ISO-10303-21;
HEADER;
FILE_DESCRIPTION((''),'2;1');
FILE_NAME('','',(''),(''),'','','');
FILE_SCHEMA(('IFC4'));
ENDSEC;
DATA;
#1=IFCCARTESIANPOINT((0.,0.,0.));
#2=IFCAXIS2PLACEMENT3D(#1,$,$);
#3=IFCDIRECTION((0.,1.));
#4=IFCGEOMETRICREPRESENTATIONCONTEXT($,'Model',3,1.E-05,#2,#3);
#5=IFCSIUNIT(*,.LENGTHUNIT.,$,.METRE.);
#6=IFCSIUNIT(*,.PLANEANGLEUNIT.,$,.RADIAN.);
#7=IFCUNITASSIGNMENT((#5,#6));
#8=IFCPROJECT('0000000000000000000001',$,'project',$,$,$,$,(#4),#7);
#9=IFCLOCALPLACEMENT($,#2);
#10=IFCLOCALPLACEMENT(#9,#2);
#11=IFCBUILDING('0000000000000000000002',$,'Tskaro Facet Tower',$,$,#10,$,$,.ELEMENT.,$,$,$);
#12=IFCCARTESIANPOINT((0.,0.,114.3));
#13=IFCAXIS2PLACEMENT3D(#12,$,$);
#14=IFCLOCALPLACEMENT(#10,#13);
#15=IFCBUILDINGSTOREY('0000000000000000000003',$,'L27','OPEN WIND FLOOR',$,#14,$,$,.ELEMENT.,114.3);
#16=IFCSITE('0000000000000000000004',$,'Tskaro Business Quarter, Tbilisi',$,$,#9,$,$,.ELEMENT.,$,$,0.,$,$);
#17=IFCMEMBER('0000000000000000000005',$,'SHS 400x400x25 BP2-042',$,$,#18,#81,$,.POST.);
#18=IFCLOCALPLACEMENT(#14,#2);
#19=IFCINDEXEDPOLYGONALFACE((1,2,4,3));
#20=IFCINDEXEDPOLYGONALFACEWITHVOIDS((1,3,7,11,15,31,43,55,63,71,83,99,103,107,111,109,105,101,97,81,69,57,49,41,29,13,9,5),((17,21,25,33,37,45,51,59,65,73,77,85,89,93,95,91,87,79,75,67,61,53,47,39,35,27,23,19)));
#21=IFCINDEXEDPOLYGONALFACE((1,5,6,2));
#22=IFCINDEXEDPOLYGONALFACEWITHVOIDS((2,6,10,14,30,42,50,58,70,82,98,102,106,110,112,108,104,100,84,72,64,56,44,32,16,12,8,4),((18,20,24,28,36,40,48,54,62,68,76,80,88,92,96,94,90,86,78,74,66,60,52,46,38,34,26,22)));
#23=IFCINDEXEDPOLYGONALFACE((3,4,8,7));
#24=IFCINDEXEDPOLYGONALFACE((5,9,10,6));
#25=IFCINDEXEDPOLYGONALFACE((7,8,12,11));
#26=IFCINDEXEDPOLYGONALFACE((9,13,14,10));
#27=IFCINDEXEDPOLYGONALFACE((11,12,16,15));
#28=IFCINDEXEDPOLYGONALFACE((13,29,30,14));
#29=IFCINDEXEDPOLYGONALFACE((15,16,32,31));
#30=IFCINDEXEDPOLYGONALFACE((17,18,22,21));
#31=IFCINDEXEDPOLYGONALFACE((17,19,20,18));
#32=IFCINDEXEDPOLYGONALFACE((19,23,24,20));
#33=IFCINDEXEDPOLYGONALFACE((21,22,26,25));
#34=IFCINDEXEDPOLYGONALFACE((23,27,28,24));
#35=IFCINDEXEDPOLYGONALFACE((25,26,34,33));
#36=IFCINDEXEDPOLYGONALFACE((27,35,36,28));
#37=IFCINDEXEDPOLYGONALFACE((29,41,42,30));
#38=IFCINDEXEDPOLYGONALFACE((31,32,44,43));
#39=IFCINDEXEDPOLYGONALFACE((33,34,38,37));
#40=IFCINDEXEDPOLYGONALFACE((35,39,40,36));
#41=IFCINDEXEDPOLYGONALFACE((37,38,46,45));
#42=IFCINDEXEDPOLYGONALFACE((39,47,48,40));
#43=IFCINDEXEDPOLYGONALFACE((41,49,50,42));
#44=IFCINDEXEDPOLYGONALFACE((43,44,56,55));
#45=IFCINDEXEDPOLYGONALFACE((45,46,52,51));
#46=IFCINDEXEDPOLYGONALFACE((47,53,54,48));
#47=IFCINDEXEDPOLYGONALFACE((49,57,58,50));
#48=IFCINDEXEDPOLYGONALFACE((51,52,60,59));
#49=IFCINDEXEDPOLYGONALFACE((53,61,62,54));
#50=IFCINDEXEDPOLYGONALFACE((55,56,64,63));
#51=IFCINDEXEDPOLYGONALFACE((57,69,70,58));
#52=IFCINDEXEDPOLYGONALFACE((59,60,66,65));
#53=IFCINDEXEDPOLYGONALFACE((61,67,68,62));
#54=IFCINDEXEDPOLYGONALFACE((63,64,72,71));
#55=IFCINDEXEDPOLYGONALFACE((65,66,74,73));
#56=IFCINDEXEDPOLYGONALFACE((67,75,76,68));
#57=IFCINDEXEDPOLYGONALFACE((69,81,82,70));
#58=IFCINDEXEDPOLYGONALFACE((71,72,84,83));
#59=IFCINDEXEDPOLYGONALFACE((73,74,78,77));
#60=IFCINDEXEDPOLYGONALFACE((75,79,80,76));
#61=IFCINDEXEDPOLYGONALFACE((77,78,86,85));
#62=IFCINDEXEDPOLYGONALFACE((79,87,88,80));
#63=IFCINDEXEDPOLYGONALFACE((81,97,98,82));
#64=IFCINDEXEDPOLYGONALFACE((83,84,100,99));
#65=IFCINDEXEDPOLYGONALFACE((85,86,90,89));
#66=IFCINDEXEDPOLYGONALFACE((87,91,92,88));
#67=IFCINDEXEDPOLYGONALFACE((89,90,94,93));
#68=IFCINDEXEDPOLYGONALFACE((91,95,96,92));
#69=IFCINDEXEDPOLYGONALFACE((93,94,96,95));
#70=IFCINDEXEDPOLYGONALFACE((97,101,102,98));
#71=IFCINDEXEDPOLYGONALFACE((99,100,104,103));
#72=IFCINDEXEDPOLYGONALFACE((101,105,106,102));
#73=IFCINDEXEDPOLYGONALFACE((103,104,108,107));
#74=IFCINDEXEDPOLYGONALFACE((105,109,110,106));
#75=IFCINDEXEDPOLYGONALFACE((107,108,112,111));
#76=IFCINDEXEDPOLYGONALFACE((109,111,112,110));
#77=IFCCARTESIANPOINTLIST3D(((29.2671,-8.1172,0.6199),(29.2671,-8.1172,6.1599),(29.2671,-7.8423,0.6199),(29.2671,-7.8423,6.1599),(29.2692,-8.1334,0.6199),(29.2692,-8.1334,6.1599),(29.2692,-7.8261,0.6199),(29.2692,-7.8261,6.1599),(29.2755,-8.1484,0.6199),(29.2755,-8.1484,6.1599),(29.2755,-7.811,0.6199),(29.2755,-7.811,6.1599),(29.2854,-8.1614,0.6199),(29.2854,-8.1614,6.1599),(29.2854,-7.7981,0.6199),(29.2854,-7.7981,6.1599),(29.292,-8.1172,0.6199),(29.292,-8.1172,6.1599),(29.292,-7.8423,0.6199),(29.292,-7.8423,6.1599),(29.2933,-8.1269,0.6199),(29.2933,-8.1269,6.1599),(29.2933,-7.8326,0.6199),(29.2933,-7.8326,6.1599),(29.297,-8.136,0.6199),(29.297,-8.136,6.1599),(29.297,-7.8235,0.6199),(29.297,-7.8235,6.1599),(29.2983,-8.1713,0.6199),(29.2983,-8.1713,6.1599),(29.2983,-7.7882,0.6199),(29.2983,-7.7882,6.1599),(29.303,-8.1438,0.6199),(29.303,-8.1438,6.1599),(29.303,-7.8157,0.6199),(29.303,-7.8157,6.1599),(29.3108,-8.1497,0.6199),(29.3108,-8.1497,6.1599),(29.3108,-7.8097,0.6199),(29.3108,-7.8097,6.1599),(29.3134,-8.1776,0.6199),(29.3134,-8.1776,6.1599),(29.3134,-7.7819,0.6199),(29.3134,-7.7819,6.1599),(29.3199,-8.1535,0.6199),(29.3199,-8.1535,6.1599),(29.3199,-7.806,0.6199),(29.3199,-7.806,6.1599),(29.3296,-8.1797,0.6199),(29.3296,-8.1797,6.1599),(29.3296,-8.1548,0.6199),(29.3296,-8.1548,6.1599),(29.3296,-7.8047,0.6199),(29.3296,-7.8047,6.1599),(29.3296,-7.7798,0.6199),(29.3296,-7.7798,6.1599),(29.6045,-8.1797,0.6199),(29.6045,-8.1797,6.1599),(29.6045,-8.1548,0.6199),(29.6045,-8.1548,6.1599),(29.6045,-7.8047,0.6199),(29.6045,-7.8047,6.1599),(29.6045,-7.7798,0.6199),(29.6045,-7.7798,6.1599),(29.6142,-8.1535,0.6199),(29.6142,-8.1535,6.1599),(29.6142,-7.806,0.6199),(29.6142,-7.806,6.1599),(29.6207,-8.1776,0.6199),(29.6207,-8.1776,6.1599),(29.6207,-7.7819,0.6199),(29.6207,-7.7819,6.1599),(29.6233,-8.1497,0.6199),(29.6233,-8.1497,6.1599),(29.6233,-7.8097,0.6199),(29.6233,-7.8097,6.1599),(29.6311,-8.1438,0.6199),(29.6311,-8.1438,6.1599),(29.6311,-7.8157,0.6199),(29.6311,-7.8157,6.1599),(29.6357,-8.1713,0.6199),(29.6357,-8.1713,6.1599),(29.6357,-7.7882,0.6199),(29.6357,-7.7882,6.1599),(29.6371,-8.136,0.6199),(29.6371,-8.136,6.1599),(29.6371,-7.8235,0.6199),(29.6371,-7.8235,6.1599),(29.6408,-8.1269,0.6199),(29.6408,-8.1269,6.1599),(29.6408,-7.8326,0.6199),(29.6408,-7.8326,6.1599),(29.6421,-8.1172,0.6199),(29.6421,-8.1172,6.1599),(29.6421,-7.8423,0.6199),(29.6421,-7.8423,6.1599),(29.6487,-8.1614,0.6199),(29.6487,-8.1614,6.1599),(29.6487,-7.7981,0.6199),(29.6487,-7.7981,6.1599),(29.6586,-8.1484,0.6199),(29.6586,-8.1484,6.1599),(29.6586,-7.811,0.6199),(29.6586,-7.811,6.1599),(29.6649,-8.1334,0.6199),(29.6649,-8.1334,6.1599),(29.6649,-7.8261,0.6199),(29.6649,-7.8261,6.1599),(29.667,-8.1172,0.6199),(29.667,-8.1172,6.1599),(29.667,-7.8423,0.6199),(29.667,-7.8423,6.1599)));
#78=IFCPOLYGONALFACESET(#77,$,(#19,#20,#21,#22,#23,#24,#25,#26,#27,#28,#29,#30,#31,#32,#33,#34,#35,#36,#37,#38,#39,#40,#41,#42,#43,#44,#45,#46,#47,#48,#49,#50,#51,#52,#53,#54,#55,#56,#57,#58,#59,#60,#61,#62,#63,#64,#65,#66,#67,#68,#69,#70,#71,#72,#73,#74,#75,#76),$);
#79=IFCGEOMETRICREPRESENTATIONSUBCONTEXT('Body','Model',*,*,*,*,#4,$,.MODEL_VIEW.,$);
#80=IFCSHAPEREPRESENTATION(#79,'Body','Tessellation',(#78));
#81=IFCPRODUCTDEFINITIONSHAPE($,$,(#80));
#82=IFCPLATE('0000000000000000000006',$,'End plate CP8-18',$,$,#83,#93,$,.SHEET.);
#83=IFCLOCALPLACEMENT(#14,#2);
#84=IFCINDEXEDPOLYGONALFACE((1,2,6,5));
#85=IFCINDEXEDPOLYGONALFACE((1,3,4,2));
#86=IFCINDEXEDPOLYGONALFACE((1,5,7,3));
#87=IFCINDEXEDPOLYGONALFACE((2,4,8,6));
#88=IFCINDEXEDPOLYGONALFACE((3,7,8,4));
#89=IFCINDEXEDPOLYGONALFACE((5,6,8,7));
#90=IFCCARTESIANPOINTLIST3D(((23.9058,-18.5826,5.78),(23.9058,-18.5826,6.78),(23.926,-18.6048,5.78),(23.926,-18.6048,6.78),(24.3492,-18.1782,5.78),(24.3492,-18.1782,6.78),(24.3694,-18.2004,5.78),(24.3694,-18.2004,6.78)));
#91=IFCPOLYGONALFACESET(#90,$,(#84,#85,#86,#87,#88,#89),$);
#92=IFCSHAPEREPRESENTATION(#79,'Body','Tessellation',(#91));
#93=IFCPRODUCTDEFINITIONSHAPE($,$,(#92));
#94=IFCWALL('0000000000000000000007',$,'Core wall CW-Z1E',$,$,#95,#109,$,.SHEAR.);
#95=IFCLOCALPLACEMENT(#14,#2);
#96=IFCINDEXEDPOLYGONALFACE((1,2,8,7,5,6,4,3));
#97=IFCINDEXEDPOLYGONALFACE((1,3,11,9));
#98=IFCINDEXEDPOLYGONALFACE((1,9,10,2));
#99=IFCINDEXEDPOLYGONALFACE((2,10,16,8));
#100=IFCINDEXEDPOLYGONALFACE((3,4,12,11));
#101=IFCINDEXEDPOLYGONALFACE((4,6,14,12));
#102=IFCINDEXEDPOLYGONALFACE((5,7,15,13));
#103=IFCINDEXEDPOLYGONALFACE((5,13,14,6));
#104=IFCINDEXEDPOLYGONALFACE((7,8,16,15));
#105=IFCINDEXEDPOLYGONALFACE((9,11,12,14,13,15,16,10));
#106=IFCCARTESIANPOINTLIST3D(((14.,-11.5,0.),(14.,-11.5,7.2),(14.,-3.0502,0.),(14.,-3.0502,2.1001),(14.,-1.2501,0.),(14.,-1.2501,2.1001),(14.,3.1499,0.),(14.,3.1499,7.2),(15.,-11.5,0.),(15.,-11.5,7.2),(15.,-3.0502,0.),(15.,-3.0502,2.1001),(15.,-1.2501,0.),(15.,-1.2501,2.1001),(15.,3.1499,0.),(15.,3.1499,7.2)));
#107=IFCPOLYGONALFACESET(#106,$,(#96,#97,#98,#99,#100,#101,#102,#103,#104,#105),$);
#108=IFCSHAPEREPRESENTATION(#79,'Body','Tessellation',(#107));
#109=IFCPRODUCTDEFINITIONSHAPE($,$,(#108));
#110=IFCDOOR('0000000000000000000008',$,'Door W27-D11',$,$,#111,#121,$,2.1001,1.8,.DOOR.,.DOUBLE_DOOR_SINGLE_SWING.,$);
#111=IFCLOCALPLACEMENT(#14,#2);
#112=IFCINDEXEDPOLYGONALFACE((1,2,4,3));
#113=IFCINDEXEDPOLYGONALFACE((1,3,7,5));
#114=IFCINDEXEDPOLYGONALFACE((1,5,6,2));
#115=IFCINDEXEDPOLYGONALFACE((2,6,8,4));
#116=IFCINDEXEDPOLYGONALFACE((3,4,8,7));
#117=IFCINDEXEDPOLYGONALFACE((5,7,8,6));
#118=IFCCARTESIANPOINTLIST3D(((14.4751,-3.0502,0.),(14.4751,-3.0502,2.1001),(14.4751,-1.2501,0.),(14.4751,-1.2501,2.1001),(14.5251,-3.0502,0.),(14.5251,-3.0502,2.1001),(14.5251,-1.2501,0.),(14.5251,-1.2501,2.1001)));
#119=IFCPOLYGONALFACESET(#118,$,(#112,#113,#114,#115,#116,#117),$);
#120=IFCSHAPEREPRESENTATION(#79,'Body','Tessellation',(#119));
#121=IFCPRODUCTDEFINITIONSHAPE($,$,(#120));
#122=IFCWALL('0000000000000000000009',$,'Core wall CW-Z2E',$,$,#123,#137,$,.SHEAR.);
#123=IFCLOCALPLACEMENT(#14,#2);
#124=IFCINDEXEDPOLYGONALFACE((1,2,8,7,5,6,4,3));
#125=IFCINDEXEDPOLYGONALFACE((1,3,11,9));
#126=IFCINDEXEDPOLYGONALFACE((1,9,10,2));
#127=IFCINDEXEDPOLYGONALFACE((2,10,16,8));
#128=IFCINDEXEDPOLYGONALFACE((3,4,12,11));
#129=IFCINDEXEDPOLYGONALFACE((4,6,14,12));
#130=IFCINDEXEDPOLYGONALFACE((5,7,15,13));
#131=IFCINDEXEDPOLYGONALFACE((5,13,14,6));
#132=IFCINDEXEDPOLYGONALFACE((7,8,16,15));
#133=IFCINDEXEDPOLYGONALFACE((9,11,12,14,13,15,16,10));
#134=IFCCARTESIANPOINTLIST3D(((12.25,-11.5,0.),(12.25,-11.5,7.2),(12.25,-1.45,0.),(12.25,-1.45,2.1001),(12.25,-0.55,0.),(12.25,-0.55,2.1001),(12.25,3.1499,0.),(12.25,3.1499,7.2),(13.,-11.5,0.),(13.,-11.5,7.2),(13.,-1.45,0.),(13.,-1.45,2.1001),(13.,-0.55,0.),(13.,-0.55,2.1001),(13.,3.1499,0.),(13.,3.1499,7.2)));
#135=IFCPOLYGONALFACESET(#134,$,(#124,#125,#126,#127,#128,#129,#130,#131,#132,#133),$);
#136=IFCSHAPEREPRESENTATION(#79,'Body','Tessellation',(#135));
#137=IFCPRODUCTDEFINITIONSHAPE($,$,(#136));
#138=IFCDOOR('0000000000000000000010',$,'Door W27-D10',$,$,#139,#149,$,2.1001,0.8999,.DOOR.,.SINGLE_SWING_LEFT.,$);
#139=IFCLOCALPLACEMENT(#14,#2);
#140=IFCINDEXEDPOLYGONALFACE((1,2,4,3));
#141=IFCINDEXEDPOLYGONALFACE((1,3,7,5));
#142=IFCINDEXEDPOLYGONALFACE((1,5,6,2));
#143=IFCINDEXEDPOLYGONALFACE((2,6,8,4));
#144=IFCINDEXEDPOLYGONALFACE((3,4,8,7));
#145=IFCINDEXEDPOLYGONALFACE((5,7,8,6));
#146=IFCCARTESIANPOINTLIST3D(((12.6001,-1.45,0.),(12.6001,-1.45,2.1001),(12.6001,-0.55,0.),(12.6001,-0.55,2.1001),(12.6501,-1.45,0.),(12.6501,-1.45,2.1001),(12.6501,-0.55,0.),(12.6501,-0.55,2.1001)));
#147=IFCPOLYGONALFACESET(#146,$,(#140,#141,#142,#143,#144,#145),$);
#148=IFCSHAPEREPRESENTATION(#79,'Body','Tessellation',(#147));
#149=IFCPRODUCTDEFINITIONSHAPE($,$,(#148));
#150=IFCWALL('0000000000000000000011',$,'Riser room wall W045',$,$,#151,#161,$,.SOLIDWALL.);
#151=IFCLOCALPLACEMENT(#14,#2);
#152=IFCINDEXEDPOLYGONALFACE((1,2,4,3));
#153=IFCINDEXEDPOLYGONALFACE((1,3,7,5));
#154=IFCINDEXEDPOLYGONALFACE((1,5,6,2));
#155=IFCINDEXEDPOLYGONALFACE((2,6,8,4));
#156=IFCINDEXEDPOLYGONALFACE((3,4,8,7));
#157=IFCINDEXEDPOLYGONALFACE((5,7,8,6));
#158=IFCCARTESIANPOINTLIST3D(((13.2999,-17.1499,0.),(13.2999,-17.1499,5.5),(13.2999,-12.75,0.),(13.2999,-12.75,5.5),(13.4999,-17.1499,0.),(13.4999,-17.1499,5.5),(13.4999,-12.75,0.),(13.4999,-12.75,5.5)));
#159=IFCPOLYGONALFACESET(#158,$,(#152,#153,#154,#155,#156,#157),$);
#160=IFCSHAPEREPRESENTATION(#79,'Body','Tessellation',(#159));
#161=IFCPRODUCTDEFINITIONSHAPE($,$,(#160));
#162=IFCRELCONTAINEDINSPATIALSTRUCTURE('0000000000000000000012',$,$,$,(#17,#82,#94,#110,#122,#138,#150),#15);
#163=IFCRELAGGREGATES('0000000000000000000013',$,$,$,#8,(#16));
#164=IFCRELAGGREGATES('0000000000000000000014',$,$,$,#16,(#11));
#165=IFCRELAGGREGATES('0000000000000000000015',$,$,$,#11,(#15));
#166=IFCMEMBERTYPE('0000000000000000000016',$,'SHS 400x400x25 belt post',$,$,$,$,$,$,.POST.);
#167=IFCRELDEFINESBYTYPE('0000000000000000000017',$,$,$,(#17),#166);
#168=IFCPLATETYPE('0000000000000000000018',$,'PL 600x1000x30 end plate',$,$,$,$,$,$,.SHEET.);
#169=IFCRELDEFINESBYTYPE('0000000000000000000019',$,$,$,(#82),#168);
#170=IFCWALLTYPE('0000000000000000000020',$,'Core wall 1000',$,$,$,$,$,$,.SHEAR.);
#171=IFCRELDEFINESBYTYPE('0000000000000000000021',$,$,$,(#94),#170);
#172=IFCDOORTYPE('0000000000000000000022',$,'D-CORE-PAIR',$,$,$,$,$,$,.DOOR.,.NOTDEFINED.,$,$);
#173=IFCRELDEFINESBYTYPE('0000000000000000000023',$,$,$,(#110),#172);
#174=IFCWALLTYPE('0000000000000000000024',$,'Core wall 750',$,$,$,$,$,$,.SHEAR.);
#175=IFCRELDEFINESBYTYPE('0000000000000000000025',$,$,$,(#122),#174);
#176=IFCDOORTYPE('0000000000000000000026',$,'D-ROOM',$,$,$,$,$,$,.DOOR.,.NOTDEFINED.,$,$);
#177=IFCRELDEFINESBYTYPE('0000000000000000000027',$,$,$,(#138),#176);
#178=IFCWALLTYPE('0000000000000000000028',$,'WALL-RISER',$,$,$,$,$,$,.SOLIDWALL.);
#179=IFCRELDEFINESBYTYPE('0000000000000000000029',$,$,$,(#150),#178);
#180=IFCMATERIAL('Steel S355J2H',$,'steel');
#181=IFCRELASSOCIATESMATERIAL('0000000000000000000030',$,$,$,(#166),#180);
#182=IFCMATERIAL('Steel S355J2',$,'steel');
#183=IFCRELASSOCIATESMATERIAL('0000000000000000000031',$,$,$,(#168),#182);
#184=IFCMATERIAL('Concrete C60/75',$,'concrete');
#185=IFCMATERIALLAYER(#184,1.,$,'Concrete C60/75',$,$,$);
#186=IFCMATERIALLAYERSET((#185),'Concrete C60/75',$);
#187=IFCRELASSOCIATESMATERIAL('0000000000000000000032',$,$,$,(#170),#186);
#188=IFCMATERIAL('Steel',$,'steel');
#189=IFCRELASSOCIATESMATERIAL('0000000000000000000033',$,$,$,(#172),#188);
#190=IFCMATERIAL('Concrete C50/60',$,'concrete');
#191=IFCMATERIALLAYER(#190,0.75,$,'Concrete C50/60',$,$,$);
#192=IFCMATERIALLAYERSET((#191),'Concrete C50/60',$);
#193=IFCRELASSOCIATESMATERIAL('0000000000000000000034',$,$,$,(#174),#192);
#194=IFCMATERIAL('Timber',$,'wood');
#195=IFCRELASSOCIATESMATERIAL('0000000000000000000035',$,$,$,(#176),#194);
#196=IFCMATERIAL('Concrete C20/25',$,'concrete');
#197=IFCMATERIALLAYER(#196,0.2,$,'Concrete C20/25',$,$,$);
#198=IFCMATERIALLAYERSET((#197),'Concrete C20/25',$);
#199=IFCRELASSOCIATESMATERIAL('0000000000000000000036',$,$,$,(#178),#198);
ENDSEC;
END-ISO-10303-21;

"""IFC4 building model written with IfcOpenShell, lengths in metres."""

from ifc_helpers import new_model, si_unit, direction, frame, frame_2d, origin, origin_2d, place, context, subcontext, project, spatial, rectangle, hollow_rectangle, extrude, material, layer, layer_set, material_profile, profile_set, type_object, element, fill, save


model = new_model("IFC4")

# Units and contexts
model_context = context("Model", 3, precision=1e-05, world=origin(), true_north=direction((0.0, 1.0)))
body_context = subcontext(model_context, "Body", "Model", "MODEL_VIEW")
ifc_project = project(units=[si_unit("LENGTHUNIT", "METRE"), si_unit("PLANEANGLEUNIT", "RADIAN")], contexts=[model_context])

# Site, building, storey
site_placement = place(None, origin())
site = spatial("IfcSite", under=ifc_project, at=site_placement, Name="Tskaro Business Quarter, Tbilisi", CompositionType="ELEMENT", RefElevation=0.0)
building_placement = place(site_placement, origin())
building = spatial("IfcBuilding", under=site, at=building_placement, Name="Tskaro Facet Tower", CompositionType="ELEMENT")
storey_placement = place(building_placement, frame((0.0, 0.0, 114.3)))
storey = spatial("IfcBuildingStorey", under=building, at=storey_placement, Name="L27", Description="OPEN WIND FLOOR", CompositionType="ELEMENT", Elevation=114.3)

# Shared definitions
ifc_material_1 = material(Name="Steel S355J2H", Category="steel")

# Shared definitions
ifc_material_2 = material(Name="Steel S355J2", Category="steel")

# Member
ifc_material_profile_1 = material_profile(ifc_material_1, hollow_rectangle(XDim=0.3999, YDim=0.3999, WallThickness=0.0249, InnerFilletRadius=0.0376, OuterFilletRadius=0.0625, at=origin_2d()), Name="SHS 400x400x25")
ifc_profile_set_1 = profile_set([ifc_material_profile_1], Name="Steel S355J2H")
member_type_1 = type_object("IfcMemberType", Name="SHS 400x400x25 belt post", PredefinedType="POST", material=ifc_profile_set_1)
for number, where, z_axis, x_axis, name in (
    (1, (29.467, -7.9797, 0.6199), (0.0, 0.0, 1.0), (1.0, 0.0, 0.0), "SHS 400x400x25 BP2-042"),
):
    element("IfcMember", number, at=place(storey_placement, frame(where, z_axis=z_axis, x_axis=x_axis)), inside=storey, type_object=member_type_1, Name=name, PredefinedType="POST", context=body_context, shape_type="SweptSolid", body=[
        extrude(hollow_rectangle(XDim=0.3999, YDim=0.3999, WallThickness=0.0249, InnerFilletRadius=0.0376, OuterFilletRadius=0.0625, at=origin_2d()), origin(), (0.0, 0.0, 1.0), 5.54),
    ])

# Plate
ifc_material_profile_2 = material_profile(ifc_material_2, rectangle(XDim=0.6001, YDim=1.0, at=origin_2d()), Name="PL 600x1000x30 end plate")
ifc_profile_set_2 = profile_set([ifc_material_profile_2], Name="Steel S355J2")
plate_type = type_object("IfcPlateType", Name="PL 600x1000x30 end plate", PredefinedType="SHEET", material=ifc_profile_set_2)
plate_placement = place(storey_placement, frame((24.1477, -18.4026, 6.28), z_axis=(-0.673884, 0.738837, 0.0), x_axis=(-0.738837, -0.673884, 0.0)))
element("IfcPlate", 2, at=plate_placement, inside=storey, type_object=plate_type, Name="End plate CP8-18", PredefinedType="SHEET", context=body_context, shape_type="SweptSolid", body=[
    extrude(rectangle(XDim=0.6001, YDim=1.0, at=origin_2d()), origin(), (0.0, 0.0, 1.0), 0.03),
])

# Walls, openings, doors
ifc_material_3 = material(Name="Concrete C60/75", Category="concrete")
ifc_layer_1 = layer(ifc_material_3, 1.0, Name="Concrete C60/75")
ifc_layer_set_1 = layer_set([ifc_layer_1], Name="Concrete C60/75")
wall_type_1 = type_object("IfcWallType", Name="Core wall 1000", PredefinedType="SHEAR", material=ifc_layer_set_1)
wall_1_placement = place(storey_placement, frame((14.5, -11.5, 0.0), z_axis=(0.0, 0.0, 1.0), x_axis=(0.0, 1.0, 0.0)))
wall_1 = element("IfcWall", 3, at=wall_1_placement, inside=storey, type_object=wall_type_1, Name="Core wall CW-Z1E", PredefinedType="SHEAR", context=body_context, shape_type="SweptSolid", body=[
    extrude(rectangle(XDim=14.6499, YDim=1.0, at=frame_2d((7.325, 0.0))), origin(), (0.0, 0.0, 1.0), 7.2),
])
opening_1_placement = place(wall_1_placement, frame((8.45, 0.0, 0.0)))
opening_1 = element("IfcOpeningElement", 4, at=opening_1_placement, cuts=wall_1, PredefinedType="OPENING", context=body_context, shape_type="SweptSolid", body=[
    extrude(rectangle(XDim=1.8, YDim=2.1001, at=frame_2d((0.8999, 1.05))), frame((0.0, 0.51, 0.0), z_axis=(0.0, -1.0, 0.0), x_axis=(1.0, 0.0, 0.0)), (0.0, 0.0, 1.0), 1.02),
])
ifc_material_4 = material(Name="Steel", Category="steel")
door_type_1 = type_object("IfcDoorType", Name="D-CORE-PAIR", OperationType="NOTDEFINED", PredefinedType="DOOR", material=ifc_material_4)
door_1_placement = place(opening_1_placement, origin())
door_1 = element("IfcDoor", 5, at=door_1_placement, inside=storey, type_object=door_type_1, Name="Door W27-D11", OperationType="DOUBLE_DOOR_SINGLE_SWING", OverallHeight=2.1001, OverallWidth=1.8, PredefinedType="DOOR", context=body_context, shape_type="SweptSolid", body=[
    extrude(rectangle(XDim=1.8, YDim=2.1001, at=frame_2d((0.8999, 1.05))), frame((0.0, 0.0249, 0.0), z_axis=(0.0, -1.0, 0.0), x_axis=(1.0, 0.0, 0.0)), (0.0, 0.0, 1.0), 0.05),
])
fill(opening_1, door_1)
ifc_material_5 = material(Name="Concrete C50/60", Category="concrete")
ifc_layer_2 = layer(ifc_material_5, 0.75, Name="Concrete C50/60")
ifc_layer_set_2 = layer_set([ifc_layer_2], Name="Concrete C50/60")
wall_type_2 = type_object("IfcWallType", Name="Core wall 750", PredefinedType="SHEAR", material=ifc_layer_set_2)
wall_2_placement = place(storey_placement, frame((12.625, -11.5, 0.0), z_axis=(0.0, 0.0, 1.0), x_axis=(0.0, 1.0, 0.0)))
wall_2 = element("IfcWall", 6, at=wall_2_placement, inside=storey, type_object=wall_type_2, Name="Core wall CW-Z2E", PredefinedType="SHEAR", context=body_context, shape_type="SweptSolid", body=[
    extrude(rectangle(XDim=14.6499, YDim=0.75, at=frame_2d((7.325, 0.0))), origin(), (0.0, 0.0, 1.0), 7.2),
])
opening_2_placement = place(wall_2_placement, frame((10.05, 0.0, 0.0)))
opening_2 = element("IfcOpeningElement", 7, at=opening_2_placement, cuts=wall_2, PredefinedType="OPENING", context=body_context, shape_type="SweptSolid", body=[
    extrude(rectangle(XDim=0.8999, YDim=2.1001, at=frame_2d((0.45, 1.05))), frame((0.0, 0.385, 0.0), z_axis=(0.0, -1.0, 0.0), x_axis=(1.0, 0.0, 0.0)), (0.0, 0.0, 1.0), 0.77),
])
ifc_material_6 = material(Name="Timber", Category="wood")
door_type_2 = type_object("IfcDoorType", Name="D-ROOM", OperationType="NOTDEFINED", PredefinedType="DOOR", material=ifc_material_6)
door_2_placement = place(opening_2_placement, origin())
door_2 = element("IfcDoor", 8, at=door_2_placement, inside=storey, type_object=door_type_2, Name="Door W27-D10", OperationType="SINGLE_SWING_LEFT", OverallHeight=2.1001, OverallWidth=0.8999, PredefinedType="DOOR", context=body_context, shape_type="SweptSolid", body=[
    extrude(rectangle(XDim=0.8999, YDim=2.1001, at=frame_2d((0.45, 1.05))), frame((0.0, 0.0249, 0.0), z_axis=(0.0, -1.0, 0.0), x_axis=(1.0, 0.0, 0.0)), (0.0, 0.0, 1.0), 0.05),
])
fill(opening_2, door_2)

# Wall
ifc_material_7 = material(Name="Concrete C20/25", Category="concrete")
ifc_layer_3 = layer(ifc_material_7, 0.2, Name="Concrete C20/25")
ifc_layer_set_3 = layer_set([ifc_layer_3], Name="Concrete C20/25")
wall_type_3 = type_object("IfcWallType", Name="WALL-RISER", PredefinedType="SOLIDWALL", material=ifc_layer_set_3)
wall_3_placement = place(storey_placement, frame((13.3999, -17.1499, 0.0), z_axis=(0.0, 0.0, 1.0), x_axis=(0.0, 1.0, 0.0)))
element("IfcWall", 9, at=wall_3_placement, inside=storey, type_object=wall_type_3, Name="Riser room wall W045", PredefinedType="SOLIDWALL", context=body_context, shape_type="SweptSolid", body=[
    extrude(rectangle(XDim=4.3999, YDim=0.2, at=frame_2d((2.2, 0.0))), origin(), (0.0, 0.0, 1.0), 5.5),
])

save(model, "model.ifc")
